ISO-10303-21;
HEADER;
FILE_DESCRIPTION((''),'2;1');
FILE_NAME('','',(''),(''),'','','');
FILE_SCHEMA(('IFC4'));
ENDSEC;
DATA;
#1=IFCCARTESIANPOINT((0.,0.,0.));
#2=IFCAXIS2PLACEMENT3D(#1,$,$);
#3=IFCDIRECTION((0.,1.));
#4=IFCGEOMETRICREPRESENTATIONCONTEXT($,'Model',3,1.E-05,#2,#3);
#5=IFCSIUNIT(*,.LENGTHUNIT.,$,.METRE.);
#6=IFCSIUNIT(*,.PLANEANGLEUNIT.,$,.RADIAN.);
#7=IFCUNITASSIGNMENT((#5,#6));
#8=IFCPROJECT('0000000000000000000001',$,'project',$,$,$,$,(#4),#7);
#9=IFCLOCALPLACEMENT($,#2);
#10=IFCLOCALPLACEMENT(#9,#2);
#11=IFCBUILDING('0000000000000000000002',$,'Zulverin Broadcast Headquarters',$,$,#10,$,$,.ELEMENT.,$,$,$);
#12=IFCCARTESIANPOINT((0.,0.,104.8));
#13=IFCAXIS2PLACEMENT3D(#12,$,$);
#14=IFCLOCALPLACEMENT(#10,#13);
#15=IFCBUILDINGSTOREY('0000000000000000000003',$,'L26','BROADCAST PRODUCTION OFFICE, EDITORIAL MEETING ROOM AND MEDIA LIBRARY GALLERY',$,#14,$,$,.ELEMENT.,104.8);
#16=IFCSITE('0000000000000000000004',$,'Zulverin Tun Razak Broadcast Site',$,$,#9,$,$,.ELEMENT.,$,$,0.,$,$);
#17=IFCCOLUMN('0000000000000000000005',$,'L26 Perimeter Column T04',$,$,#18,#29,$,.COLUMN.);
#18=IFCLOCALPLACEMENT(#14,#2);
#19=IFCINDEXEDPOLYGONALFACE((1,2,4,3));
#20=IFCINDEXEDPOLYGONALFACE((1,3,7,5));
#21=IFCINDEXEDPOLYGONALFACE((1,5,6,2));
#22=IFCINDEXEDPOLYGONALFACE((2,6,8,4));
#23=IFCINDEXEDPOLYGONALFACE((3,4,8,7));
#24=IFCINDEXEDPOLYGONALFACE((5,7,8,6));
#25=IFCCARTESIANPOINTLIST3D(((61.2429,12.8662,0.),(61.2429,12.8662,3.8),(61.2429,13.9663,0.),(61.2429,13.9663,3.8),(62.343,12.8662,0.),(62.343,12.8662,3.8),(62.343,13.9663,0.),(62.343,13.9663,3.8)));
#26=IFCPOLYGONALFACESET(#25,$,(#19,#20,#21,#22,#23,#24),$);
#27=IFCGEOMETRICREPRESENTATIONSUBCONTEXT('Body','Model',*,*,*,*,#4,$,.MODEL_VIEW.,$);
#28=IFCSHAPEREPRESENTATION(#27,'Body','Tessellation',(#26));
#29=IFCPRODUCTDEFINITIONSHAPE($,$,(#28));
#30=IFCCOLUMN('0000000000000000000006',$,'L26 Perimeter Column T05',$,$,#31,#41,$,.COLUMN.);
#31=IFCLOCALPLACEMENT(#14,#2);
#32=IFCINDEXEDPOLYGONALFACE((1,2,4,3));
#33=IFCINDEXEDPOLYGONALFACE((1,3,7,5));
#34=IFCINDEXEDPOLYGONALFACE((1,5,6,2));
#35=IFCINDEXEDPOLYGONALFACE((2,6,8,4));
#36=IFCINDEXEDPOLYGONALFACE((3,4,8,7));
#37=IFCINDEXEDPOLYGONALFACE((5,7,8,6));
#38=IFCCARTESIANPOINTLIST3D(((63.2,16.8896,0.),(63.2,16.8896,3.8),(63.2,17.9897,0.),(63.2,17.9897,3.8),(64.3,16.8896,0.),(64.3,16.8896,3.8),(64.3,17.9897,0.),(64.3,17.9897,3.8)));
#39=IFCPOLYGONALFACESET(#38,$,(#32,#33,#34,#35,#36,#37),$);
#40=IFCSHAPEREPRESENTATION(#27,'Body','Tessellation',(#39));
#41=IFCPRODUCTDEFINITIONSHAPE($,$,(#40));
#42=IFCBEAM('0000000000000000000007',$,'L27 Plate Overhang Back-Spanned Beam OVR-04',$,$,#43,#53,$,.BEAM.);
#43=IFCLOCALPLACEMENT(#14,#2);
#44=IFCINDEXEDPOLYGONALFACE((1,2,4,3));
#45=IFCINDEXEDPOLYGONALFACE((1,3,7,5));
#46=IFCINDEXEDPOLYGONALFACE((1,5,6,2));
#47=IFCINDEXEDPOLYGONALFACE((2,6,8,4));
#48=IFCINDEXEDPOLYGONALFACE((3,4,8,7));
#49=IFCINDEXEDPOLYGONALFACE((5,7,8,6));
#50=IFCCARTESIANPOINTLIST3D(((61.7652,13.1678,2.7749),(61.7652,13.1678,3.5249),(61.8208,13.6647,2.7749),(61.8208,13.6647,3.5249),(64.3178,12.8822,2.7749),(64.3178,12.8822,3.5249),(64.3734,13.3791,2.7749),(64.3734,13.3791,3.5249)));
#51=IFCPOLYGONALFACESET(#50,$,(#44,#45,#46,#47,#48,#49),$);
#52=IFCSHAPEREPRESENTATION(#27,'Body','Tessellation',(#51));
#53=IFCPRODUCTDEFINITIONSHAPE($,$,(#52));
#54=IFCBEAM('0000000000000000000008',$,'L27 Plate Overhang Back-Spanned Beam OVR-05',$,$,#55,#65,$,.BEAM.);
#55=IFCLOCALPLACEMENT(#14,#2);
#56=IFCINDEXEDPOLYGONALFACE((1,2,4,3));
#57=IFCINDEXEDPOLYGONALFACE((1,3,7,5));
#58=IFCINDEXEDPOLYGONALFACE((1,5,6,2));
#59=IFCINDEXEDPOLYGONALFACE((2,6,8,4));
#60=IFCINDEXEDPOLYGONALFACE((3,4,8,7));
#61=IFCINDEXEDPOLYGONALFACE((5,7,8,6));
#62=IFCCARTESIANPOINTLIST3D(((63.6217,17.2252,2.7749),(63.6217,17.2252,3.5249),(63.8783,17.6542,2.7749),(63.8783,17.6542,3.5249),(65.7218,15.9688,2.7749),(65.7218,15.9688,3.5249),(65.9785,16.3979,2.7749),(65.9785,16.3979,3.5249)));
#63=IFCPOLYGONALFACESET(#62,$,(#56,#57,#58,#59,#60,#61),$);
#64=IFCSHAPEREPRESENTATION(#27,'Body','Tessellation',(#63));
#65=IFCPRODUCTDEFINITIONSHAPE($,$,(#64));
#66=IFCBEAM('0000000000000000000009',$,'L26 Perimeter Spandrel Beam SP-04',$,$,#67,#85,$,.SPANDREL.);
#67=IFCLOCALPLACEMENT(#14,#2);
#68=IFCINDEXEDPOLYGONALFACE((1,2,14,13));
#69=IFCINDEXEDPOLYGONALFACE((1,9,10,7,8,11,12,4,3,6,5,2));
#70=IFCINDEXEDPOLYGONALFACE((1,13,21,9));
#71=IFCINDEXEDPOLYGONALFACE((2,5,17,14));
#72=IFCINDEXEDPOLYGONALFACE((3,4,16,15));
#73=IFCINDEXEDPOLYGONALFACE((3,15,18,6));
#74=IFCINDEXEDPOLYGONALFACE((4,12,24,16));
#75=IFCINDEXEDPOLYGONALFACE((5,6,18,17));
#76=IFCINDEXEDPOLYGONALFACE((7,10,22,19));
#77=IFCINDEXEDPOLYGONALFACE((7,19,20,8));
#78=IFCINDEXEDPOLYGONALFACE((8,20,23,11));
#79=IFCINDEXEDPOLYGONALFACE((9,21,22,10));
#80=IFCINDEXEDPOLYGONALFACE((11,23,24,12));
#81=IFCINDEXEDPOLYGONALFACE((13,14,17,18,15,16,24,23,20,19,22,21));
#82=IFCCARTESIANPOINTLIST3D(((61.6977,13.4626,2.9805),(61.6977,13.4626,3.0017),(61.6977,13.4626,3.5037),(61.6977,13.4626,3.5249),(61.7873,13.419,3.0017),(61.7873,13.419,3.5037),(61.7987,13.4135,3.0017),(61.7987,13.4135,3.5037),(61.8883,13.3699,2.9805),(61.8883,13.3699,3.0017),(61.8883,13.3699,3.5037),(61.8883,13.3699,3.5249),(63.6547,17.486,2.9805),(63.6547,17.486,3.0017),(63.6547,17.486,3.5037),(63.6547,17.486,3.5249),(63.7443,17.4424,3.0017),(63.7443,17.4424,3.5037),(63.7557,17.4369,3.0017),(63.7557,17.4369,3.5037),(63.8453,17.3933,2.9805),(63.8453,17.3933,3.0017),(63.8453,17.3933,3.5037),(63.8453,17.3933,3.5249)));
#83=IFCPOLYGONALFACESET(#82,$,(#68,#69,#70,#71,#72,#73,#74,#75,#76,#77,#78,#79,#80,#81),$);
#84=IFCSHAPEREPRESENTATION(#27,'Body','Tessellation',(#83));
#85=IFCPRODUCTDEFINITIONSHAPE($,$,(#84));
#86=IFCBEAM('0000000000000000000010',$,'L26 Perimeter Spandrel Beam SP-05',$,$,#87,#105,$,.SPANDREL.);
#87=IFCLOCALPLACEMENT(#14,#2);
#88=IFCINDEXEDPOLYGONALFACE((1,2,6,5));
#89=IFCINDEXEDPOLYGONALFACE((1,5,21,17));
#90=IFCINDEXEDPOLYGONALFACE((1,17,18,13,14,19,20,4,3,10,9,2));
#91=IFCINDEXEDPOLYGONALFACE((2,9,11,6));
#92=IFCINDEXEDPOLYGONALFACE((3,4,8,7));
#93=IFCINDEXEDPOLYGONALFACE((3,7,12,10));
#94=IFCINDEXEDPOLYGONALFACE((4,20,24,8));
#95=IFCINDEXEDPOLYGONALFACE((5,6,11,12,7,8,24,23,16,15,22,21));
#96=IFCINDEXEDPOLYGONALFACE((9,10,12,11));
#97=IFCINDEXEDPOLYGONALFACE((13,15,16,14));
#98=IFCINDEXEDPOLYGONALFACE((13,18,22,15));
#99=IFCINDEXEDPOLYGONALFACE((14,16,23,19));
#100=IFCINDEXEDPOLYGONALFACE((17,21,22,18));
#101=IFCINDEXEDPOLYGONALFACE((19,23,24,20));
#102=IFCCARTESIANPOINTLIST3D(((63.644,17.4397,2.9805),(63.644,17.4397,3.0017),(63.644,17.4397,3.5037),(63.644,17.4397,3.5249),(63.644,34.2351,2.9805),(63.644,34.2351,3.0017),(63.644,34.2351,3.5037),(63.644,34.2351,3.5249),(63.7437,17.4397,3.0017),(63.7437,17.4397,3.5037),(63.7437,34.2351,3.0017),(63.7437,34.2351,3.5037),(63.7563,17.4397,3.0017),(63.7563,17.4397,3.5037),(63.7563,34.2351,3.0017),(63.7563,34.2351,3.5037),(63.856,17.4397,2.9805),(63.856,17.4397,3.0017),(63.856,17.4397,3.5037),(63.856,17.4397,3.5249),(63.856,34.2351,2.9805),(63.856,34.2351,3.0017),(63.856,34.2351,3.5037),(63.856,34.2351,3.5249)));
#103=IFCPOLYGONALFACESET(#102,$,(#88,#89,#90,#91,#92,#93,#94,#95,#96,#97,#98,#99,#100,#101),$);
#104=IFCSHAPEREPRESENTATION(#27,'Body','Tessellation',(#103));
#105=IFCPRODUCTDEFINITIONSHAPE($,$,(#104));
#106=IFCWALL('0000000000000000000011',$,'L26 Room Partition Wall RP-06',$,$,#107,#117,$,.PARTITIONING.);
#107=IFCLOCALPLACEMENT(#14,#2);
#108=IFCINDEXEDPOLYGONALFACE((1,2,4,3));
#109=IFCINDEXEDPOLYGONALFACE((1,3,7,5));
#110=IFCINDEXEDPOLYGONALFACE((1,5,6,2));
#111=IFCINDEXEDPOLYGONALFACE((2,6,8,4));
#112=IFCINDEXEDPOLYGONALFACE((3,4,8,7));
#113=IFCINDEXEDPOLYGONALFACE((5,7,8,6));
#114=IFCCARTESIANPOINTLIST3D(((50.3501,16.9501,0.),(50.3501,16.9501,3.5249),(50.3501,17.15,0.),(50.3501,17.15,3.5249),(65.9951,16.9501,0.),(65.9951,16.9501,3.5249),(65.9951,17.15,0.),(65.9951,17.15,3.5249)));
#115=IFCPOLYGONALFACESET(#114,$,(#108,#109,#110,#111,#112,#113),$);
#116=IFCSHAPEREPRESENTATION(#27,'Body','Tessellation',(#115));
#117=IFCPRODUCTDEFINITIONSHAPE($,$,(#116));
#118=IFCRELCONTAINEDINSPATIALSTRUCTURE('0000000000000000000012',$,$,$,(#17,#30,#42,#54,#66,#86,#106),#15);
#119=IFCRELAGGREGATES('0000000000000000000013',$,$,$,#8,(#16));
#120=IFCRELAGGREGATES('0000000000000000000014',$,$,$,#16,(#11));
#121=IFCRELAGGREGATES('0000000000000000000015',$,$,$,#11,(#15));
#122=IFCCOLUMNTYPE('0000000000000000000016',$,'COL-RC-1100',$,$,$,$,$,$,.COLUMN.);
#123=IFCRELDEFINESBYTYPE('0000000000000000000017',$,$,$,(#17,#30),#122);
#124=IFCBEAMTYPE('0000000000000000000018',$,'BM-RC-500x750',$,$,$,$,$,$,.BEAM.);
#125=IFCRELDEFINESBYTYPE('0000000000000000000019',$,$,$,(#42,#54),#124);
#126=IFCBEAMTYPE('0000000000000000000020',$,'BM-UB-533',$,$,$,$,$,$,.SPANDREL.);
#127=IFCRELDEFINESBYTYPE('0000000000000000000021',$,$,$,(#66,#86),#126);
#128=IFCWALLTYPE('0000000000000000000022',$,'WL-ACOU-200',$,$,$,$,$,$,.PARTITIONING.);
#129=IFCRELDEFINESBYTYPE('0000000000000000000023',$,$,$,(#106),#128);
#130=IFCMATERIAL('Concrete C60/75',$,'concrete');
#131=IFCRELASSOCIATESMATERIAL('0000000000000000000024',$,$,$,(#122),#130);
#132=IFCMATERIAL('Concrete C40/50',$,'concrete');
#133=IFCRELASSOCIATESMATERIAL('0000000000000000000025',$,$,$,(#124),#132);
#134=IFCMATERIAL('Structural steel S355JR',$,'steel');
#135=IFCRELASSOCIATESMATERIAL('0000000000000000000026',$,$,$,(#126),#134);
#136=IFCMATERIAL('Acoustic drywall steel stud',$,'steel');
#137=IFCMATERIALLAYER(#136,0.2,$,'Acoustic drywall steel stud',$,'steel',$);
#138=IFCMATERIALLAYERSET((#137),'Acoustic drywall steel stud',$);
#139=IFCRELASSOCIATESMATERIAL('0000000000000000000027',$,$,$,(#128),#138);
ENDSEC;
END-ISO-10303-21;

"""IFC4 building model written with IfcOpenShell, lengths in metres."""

from ifc_helpers import new_model, si_unit, direction, frame, frame_2d, origin, origin_2d, place, context, subcontext, project, spatial, rectangle, i_section, extrude, material, layer, layer_set, material_profile, profile_set, type_object, element, save


model = new_model("IFC4")

# Units and contexts
model_context = context("Model", 3, precision=1e-05, world=origin(), true_north=direction((0.0, 1.0)))
body_context = subcontext(model_context, "Body", "Model", "MODEL_VIEW")
ifc_project = project(units=[si_unit("LENGTHUNIT", "METRE"), si_unit("PLANEANGLEUNIT", "RADIAN")], contexts=[model_context])

# Site, building, storey
site_placement = place(None, origin())
site = spatial("IfcSite", under=ifc_project, at=site_placement, Name="Zulverin Tun Razak Broadcast Site", CompositionType="ELEMENT", RefElevation=0.0)
building_placement = place(site_placement, origin())
building = spatial("IfcBuilding", under=site, at=building_placement, Name="Zulverin Broadcast Headquarters", CompositionType="ELEMENT")
storey_placement = place(building_placement, frame((0.0, 0.0, 104.8)))
storey = spatial("IfcBuildingStorey", under=building, at=storey_placement, Name="L26", Description="BROADCAST PRODUCTION OFFICE, EDITORIAL MEETING ROOM AND MEDIA LIBRARY GALLERY", CompositionType="ELEMENT", Elevation=104.8)

# Columns
ifc_material_1 = material(Name="Concrete C60/75", Category="concrete")
ifc_material_profile_1 = material_profile(ifc_material_1, rectangle(XDim=1.1001, YDim=1.1001, at=origin_2d()), Name="Concrete C60/75", Category="concrete")
ifc_profile_set_1 = profile_set([ifc_material_profile_1], Name="Concrete C60/75")
column_type = type_object("IfcColumnType", Name="COL-RC-1100", PredefinedType="COLUMN", material=ifc_profile_set_1)
for number, where, z_axis, x_axis, name in (
    (1, (61.793, 13.4163, 0.0), (0.0, 0.0, 1.0), (1.0, 0.0, 0.0), "L26 Perimeter Column T04"),
    (2, (63.75, 17.4397, 0.0), (0.0, 0.0, 1.0), (1.0, 0.0, 0.0), "L26 Perimeter Column T05"),
):
    element("IfcColumn", number, at=place(storey_placement, frame(where, z_axis=z_axis, x_axis=x_axis)), inside=storey, type_object=column_type, Name=name, PredefinedType="COLUMN", context=body_context, shape_type="SweptSolid", body=[
        extrude(rectangle(XDim=1.1001, YDim=1.1001, at=origin_2d()), origin(), (0.0, 0.0, 1.0), 3.8),
    ])

# Beams
ifc_material_2 = material(Name="Concrete C40/50", Category="concrete")
ifc_material_profile_2 = material_profile(ifc_material_2, rectangle(XDim=0.5, YDim=0.75, at=origin_2d()), Name="Concrete C40/50", Category="concrete")
ifc_profile_set_2 = profile_set([ifc_material_profile_2], Name="Concrete C40/50")
beam_type_1 = type_object("IfcBeamType", Name="BM-RC-500x750", PredefinedType="BEAM", material=ifc_profile_set_2)
beam_1_placement = place(storey_placement, frame((61.793, 13.4163, 3.1499), z_axis=(0.993798, -0.111203, 0.0), x_axis=(0.111203, 0.993798, 0.0)))
element("IfcBeam", 3, at=beam_1_placement, inside=storey, type_object=beam_type_1, Name="L27 Plate Overhang Back-Spanned Beam OVR-04", PredefinedType="BEAM", context=body_context, shape_type="SweptSolid", body=[
    extrude(rectangle(XDim=0.5, YDim=0.75, at=origin_2d()), origin(), (0.0, 0.0, 1.0), 2.5686),
])
beam_2_placement = place(storey_placement, frame((63.75, 17.4397, 3.1499), z_axis=(0.858161, -0.51338, 0.0), x_axis=(0.51338, 0.858161, 0.0)))
element("IfcBeam", 4, at=beam_2_placement, inside=storey, type_object=beam_type_1, Name="L27 Plate Overhang Back-Spanned Beam OVR-05", PredefinedType="BEAM", context=body_context, shape_type="SweptSolid", body=[
    extrude(rectangle(XDim=0.5, YDim=0.75, at=origin_2d()), origin(), (0.0, 0.0, 1.0), 2.4473),
])
ifc_material_3 = material(Name="Structural steel S355JR", Category="steel")
ifc_material_profile_3 = material_profile(ifc_material_3, i_section(OverallWidth=0.2119, OverallDepth=0.5444, WebThickness=0.0127, FlangeThickness=0.0212, at=origin_2d()), Name="Structural steel S355JR", Category="steel")
ifc_profile_set_3 = profile_set([ifc_material_profile_3], Name="Structural steel S355JR")
beam_type_2 = type_object("IfcBeamType", Name="BM-UB-533", PredefinedType="SPANDREL", material=ifc_profile_set_3)
beam_3_placement = place(storey_placement, frame((61.793, 13.4163, 3.2527), z_axis=(0.437408, 0.899263, 0.0), x_axis=(-0.899263, 0.437408, 0.0)))
element("IfcBeam", 5, at=beam_3_placement, inside=storey, type_object=beam_type_2, Name="L26 Perimeter Spandrel Beam SP-04", PredefinedType="SPANDREL", context=body_context, shape_type="SweptSolid", body=[
    extrude(i_section(OverallWidth=0.2119, OverallDepth=0.5444, WebThickness=0.0127, FlangeThickness=0.0212, at=origin_2d()), origin(), (0.0, 0.0, 1.0), 4.4741),
])
beam_4_placement = place(storey_placement, frame((63.75, 17.4397, 3.2527), z_axis=(0.0, 1.0, 0.0), x_axis=(-1.0, 0.0, 0.0)))
element("IfcBeam", 6, at=beam_4_placement, inside=storey, type_object=beam_type_2, Name="L26 Perimeter Spandrel Beam SP-05", PredefinedType="SPANDREL", context=body_context, shape_type="SweptSolid", body=[
    extrude(i_section(OverallWidth=0.2119, OverallDepth=0.5444, WebThickness=0.0127, FlangeThickness=0.0212, at=origin_2d()), origin(), (0.0, 0.0, 1.0), 16.7954),
])

# Wall
ifc_material_4 = material(Name="Acoustic drywall steel stud", Category="steel")
ifc_layer_1 = layer(ifc_material_4, 0.2, Name="Acoustic drywall steel stud", Category="steel")
ifc_layer_set_1 = layer_set([ifc_layer_1], Name="Acoustic drywall steel stud")
wall_type_1 = type_object("IfcWallType", Name="WL-ACOU-200", PredefinedType="PARTITIONING", material=ifc_layer_set_1)
wall_1_placement = place(storey_placement, frame((50.3501, 17.05, 0.0), z_axis=(0.0, 0.0, 1.0), x_axis=(1.0, 0.0, 0.0)))
element("IfcWall", 7, at=wall_1_placement, inside=storey, type_object=wall_type_1, Name="L26 Room Partition Wall RP-06", PredefinedType="PARTITIONING", context=body_context, shape_type="SweptSolid", body=[
    extrude(rectangle(XDim=15.645, YDim=0.2, at=frame_2d((7.8225, 0.0))), origin(), (0.0, 0.0, 1.0), 3.5249),
])

save(model, "model.ifc")
